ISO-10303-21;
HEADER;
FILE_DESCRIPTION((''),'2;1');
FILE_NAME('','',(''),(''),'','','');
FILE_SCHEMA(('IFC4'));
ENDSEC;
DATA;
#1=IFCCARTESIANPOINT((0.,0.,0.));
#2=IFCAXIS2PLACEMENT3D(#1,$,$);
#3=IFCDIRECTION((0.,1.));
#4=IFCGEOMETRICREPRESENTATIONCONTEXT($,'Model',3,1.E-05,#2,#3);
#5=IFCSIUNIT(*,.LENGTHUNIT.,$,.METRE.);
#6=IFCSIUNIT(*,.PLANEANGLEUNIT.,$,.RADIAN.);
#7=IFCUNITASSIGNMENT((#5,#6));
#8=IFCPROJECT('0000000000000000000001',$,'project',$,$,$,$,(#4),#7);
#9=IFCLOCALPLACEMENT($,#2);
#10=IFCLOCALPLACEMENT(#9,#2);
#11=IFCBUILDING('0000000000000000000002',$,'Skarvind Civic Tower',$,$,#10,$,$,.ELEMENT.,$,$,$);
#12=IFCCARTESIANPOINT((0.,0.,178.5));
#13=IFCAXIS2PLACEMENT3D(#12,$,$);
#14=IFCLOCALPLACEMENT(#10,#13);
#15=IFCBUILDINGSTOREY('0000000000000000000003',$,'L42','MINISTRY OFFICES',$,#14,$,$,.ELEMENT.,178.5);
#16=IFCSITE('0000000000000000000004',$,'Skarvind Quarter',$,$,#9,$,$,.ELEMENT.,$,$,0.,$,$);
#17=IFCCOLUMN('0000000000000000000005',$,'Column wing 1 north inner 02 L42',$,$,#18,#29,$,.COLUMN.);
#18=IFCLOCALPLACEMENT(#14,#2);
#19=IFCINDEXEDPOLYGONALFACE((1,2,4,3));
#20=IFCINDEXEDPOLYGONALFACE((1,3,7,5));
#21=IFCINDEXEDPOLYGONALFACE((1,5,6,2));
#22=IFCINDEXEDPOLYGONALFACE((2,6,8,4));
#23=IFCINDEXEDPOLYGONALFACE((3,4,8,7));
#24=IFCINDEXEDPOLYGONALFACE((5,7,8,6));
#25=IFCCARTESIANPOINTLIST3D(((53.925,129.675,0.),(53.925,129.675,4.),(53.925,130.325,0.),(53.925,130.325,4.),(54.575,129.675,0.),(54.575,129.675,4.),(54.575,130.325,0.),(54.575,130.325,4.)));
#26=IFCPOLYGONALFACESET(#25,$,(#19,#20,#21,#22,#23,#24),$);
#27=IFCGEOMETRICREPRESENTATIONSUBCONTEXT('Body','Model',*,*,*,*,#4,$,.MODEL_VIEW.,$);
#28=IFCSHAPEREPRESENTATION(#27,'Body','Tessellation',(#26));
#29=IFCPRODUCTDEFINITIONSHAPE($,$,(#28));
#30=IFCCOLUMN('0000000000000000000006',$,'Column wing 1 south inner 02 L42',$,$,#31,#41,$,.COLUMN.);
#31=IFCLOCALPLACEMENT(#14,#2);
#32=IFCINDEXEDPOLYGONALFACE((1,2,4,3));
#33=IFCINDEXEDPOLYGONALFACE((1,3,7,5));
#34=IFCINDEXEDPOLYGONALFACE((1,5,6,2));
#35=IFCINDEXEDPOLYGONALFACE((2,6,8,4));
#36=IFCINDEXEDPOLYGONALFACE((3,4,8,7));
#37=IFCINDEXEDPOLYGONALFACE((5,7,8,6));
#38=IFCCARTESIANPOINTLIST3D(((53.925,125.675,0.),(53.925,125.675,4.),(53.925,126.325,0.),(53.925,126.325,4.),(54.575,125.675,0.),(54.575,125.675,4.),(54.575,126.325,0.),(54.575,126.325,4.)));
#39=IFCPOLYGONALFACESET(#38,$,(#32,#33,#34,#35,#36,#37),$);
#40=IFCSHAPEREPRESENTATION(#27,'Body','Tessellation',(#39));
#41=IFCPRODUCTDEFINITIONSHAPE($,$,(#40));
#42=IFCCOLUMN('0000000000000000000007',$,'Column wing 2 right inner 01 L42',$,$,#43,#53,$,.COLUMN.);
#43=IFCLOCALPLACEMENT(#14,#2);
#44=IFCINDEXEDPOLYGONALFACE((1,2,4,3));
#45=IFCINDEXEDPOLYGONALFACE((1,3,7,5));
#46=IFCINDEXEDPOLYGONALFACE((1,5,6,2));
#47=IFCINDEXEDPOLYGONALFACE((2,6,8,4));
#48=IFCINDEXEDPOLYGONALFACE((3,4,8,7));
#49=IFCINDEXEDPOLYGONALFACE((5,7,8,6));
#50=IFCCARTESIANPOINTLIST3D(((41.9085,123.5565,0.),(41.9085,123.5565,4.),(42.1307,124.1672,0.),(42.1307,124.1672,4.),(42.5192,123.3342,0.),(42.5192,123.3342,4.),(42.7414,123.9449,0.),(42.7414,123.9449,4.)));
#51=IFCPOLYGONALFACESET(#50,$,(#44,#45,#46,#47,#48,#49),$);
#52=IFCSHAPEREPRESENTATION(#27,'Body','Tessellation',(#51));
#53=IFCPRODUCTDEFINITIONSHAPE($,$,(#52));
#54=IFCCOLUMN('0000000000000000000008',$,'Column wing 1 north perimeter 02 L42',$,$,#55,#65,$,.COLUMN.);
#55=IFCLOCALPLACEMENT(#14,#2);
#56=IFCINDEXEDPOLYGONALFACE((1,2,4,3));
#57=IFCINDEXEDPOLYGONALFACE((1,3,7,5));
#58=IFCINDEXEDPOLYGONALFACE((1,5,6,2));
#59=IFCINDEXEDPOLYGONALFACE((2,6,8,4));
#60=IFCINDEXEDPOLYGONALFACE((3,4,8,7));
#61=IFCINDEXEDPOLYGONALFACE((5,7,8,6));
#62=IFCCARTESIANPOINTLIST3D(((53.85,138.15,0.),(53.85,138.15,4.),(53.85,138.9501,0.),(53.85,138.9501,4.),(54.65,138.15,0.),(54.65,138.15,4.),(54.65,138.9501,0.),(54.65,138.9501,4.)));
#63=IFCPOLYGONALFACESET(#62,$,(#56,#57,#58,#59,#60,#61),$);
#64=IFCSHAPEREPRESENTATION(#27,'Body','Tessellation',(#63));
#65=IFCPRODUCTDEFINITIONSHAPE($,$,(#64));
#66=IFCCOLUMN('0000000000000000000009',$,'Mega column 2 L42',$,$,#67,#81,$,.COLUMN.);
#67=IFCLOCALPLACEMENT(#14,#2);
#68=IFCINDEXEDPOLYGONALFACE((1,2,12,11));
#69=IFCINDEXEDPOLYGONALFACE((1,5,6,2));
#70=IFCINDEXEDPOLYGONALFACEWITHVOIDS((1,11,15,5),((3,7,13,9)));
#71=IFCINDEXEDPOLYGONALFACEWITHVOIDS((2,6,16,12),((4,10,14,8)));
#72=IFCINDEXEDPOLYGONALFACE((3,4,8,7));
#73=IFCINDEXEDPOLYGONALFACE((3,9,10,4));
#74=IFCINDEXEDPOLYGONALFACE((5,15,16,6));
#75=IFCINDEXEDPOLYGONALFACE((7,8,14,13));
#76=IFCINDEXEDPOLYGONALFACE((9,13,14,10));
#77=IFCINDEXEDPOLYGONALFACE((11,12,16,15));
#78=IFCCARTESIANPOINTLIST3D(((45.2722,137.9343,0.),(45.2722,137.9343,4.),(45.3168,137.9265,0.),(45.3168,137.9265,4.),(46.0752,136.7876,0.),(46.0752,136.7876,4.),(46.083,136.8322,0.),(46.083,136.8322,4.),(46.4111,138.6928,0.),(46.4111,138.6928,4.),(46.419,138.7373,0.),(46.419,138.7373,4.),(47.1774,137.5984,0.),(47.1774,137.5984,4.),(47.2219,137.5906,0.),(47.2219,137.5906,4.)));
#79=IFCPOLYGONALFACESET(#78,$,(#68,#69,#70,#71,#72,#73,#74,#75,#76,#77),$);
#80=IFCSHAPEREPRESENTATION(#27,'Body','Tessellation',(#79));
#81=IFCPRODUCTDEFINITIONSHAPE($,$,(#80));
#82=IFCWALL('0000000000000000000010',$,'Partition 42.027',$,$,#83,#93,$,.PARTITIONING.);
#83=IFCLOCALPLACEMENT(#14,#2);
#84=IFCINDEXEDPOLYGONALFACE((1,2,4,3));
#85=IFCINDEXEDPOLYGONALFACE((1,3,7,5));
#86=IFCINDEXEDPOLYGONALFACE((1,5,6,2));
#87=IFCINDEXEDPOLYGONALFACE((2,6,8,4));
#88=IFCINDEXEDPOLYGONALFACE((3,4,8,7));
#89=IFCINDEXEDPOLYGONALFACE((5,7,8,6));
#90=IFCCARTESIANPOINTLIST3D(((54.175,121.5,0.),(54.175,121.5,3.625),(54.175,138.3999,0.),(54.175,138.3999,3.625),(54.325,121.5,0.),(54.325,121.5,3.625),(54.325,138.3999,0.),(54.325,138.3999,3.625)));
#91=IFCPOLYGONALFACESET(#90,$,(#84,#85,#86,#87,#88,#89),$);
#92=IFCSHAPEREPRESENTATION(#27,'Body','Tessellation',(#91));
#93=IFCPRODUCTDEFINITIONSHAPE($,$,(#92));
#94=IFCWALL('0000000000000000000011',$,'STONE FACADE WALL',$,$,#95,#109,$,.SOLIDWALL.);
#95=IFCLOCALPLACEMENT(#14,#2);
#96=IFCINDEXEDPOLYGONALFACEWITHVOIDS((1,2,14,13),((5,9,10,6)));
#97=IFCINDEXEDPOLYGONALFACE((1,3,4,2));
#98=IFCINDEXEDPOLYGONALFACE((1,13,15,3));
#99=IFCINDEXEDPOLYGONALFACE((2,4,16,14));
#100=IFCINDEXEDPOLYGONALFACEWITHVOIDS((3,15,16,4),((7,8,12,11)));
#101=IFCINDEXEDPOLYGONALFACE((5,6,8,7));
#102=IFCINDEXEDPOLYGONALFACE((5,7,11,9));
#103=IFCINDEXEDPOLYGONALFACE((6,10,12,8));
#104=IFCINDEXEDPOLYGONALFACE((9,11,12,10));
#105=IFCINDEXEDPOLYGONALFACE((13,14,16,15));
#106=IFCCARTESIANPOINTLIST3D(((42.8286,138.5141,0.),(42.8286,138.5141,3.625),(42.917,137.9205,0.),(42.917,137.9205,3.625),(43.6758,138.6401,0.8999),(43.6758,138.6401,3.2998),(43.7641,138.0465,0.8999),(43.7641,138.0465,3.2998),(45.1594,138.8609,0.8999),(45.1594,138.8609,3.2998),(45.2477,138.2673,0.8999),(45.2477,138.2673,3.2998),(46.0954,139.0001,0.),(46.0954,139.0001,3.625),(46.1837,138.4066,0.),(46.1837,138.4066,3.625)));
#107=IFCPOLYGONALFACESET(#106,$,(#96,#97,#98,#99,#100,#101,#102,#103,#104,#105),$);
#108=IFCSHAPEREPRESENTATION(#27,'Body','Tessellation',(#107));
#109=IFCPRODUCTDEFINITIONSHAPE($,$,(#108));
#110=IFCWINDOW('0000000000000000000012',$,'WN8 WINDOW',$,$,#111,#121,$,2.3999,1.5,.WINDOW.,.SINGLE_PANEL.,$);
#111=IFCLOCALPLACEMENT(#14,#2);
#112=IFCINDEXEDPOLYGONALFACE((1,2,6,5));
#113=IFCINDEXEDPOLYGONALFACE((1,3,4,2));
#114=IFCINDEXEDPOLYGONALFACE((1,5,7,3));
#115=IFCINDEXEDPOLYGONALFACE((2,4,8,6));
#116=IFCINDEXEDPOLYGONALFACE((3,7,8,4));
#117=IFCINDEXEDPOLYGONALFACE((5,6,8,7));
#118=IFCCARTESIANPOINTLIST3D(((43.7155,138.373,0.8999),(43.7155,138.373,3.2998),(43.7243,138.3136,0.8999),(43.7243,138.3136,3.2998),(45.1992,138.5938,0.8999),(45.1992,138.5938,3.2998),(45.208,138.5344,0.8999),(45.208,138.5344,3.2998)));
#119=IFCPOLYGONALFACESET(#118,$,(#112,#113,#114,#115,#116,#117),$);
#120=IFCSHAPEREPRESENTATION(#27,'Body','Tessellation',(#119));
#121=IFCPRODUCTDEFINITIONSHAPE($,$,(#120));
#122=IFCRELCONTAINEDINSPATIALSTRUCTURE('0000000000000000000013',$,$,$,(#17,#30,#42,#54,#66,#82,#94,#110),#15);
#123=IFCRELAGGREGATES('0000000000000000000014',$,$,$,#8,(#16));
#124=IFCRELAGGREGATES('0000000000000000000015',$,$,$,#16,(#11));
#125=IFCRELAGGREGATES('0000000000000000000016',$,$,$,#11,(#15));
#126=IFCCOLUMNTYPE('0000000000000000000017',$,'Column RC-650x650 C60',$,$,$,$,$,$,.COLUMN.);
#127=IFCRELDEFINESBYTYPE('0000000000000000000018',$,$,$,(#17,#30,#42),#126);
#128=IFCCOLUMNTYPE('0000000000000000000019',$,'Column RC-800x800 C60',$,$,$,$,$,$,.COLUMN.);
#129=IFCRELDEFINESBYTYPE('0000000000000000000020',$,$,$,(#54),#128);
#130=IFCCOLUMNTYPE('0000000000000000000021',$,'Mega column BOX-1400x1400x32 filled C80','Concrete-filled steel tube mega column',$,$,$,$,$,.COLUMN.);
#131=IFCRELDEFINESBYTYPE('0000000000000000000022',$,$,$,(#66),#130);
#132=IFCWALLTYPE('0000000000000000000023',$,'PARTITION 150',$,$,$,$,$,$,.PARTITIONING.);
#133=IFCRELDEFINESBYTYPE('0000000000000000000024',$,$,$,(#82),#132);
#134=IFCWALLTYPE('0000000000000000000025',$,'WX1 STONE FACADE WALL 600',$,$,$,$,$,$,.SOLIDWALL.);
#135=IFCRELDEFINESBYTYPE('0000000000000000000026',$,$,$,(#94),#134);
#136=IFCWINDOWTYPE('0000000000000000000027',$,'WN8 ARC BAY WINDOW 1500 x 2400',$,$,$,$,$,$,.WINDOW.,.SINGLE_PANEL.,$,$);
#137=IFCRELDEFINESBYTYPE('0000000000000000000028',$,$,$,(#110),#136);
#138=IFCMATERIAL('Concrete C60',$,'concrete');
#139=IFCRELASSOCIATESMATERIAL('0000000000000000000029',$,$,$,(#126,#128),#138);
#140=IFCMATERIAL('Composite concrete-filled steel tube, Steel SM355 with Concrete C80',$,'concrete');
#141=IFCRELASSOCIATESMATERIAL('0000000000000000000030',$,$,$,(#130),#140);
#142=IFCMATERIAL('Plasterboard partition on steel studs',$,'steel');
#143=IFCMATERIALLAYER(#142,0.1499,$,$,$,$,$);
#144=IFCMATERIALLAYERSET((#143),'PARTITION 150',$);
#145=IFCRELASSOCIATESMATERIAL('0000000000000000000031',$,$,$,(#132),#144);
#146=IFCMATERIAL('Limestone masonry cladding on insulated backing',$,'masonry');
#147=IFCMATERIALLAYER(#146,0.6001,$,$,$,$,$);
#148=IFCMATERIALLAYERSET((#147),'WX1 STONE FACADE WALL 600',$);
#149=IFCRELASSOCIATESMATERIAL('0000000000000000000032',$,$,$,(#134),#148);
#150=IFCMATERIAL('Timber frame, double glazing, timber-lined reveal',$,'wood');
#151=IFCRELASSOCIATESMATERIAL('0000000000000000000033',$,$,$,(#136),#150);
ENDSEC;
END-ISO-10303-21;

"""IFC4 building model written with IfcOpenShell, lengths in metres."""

from ifc_helpers import new_model, si_unit, direction, frame, frame_2d, origin, origin_2d, place, context, subcontext, project, spatial, rectangle, hollow_rectangle, extrude, material, layer, layer_set, material_profile, profile_set, type_object, element, fill, save


model = new_model("IFC4")

# Units and contexts
model_context = context("Model", 3, precision=1e-05, world=origin(), true_north=direction((0.0, 1.0)))
body_context = subcontext(model_context, "Body", "Model", "MODEL_VIEW")
ifc_project = project(units=[si_unit("LENGTHUNIT", "METRE"), si_unit("PLANEANGLEUNIT", "RADIAN")], contexts=[model_context])

# Site, building, storey
site_placement = place(None, origin())
site = spatial("IfcSite", under=ifc_project, at=site_placement, Name="Skarvind Quarter", CompositionType="ELEMENT", RefElevation=0.0)
building_placement = place(site_placement, origin())
building = spatial("IfcBuilding", under=site, at=building_placement, Name="Skarvind Civic Tower", CompositionType="ELEMENT")
storey_placement = place(building_placement, frame((0.0, 0.0, 178.5)))
storey = spatial("IfcBuildingStorey", under=building, at=storey_placement, Name="L42", Description="MINISTRY OFFICES", CompositionType="ELEMENT", Elevation=178.5)

# Columns
ifc_material_1 = material(Name="Concrete C60", Category="concrete")
ifc_material_profile_1 = material_profile(ifc_material_1, rectangle(XDim=0.6499, YDim=0.6499, at=origin_2d()), Name="RC-650x650")
ifc_profile_set_1 = profile_set([ifc_material_profile_1], Name="Concrete C60")
column_type_1 = type_object("IfcColumnType", Name="Column RC-650x650 C60", PredefinedType="COLUMN", material=ifc_profile_set_1)
for number, where, z_axis, x_axis, name in (
    (1, (54.25, 130.0, 0.0), (0.0, 0.0, 1.0), (1.0, 0.0, 0.0), "Column wing 1 north inner 02 L42"),
    (2, (54.25, 126.0, 0.0), (0.0, 0.0, 1.0), (1.0, 0.0, 0.0), "Column wing 1 south inner 02 L42"),
    (3, (42.325, 123.7507, 0.0), (0.0, 0.0, 1.0), (-0.34202, -0.939693, 0.0), "Column wing 2 right inner 01 L42"),
):
    element("IfcColumn", number, at=place(storey_placement, frame(where, z_axis=z_axis, x_axis=x_axis)), inside=storey, type_object=column_type_1, Name=name, PredefinedType="COLUMN", context=body_context, shape_type="SweptSolid", body=[
        extrude(rectangle(XDim=0.6499, YDim=0.6499, at=origin_2d()), origin(), (0.0, 0.0, 1.0), 4.0),
    ])
ifc_material_profile_2 = material_profile(ifc_material_1, rectangle(XDim=0.8, YDim=0.8, at=origin_2d()), Name="RC-800x800")
ifc_profile_set_2 = profile_set([ifc_material_profile_2], Name="Concrete C60")
column_type_2 = type_object("IfcColumnType", Name="Column RC-800x800 C60", PredefinedType="COLUMN", material=ifc_profile_set_2)
column_1_placement = place(storey_placement, frame((54.25, 138.55, 0.0), z_axis=(0.0, 0.0, 1.0), x_axis=(1.0, 0.0, 0.0)))
element("IfcColumn", 4, at=column_1_placement, inside=storey, type_object=column_type_2, Name="Column wing 1 north perimeter 02 L42", PredefinedType="COLUMN", context=body_context, shape_type="SweptSolid", body=[
    extrude(rectangle(XDim=0.8, YDim=0.8, at=origin_2d()), origin(), (0.0, 0.0, 1.0), 4.0),
])
ifc_material_2 = material(Name="Composite concrete-filled steel tube, Steel SM355 with Concrete C80", Category="concrete")
ifc_material_profile_3 = material_profile(ifc_material_2, hollow_rectangle(XDim=1.3999, YDim=1.3999, WallThickness=0.032, at=origin_2d()), Name="BOX-1400x1400x32")
ifc_profile_set_3 = profile_set([ifc_material_profile_3], Name="Composite concrete-filled steel tube, Steel SM355 with Concrete C80")
column_type_3 = type_object("IfcColumnType", Name="Mega column BOX-1400x1400x32 filled C80", Description="Concrete-filled steel tube mega column", PredefinedType="COLUMN", material=ifc_profile_set_3)
column_2_placement = place(storey_placement, frame((46.2471, 137.7625, 0.0), z_axis=(0.0, 0.0, 1.0), x_axis=(0.573576, -0.819152, 0.0)))
element("IfcColumn", 5, at=column_2_placement, inside=storey, type_object=column_type_3, Name="Mega column 2 L42", PredefinedType="COLUMN", context=body_context, shape_type="SweptSolid", body=[
    extrude(hollow_rectangle(XDim=1.3999, YDim=1.3999, WallThickness=0.032, at=origin_2d()), origin(), (0.0, 0.0, 1.0), 4.0),
])

# Wall
ifc_material_3 = material(Name="Plasterboard partition on steel studs", Category="steel")
ifc_layer_1 = layer(ifc_material_3, 0.1499)
ifc_layer_set_1 = layer_set([ifc_layer_1], Name="PARTITION 150")
wall_type_1 = type_object("IfcWallType", Name="PARTITION 150", PredefinedType="PARTITIONING", material=ifc_layer_set_1)
wall_1_placement = place(storey_placement, frame((54.25, 138.3999, 0.0), z_axis=(0.0, 0.0, 1.0), x_axis=(0.0, -1.0, 0.0)))
element("IfcWall", 6, at=wall_1_placement, inside=storey, type_object=wall_type_1, Name="Partition 42.027", PredefinedType="PARTITIONING", context=body_context, shape_type="SweptSolid", body=[
    extrude(rectangle(XDim=16.8999, YDim=0.1499, at=frame_2d((8.45, 0.0))), origin(), (0.0, 0.0, 1.0), 3.625),
])

# Shared definitions
ifc_material_4 = material(Name="Limestone masonry cladding on insulated backing", Category="masonry")
ifc_layer_2 = layer(ifc_material_4, 0.6001)
ifc_layer_set_2 = layer_set([ifc_layer_2], Name="WX1 STONE FACADE WALL 600")
wall_type_2 = type_object("IfcWallType", Name="WX1 STONE FACADE WALL 600", PredefinedType="SOLIDWALL", material=ifc_layer_set_2)
ifc_material_5 = material(Name="Timber frame, double glazing, timber-lined reveal", Category="wood")

# Wall, opening, window
wall_2_placement = place(storey_placement, frame((42.8728, 138.2173, 0.0), z_axis=(0.0, 0.0, 1.0), x_axis=(0.989111, 0.147173, 0.0)))
wall_2 = element("IfcWall", 7, at=wall_2_placement, inside=storey, type_object=wall_type_2, Name="STONE FACADE WALL", PredefinedType="SOLIDWALL", context=body_context, shape_type="SweptSolid", body=[
    extrude(rectangle(XDim=3.3027, YDim=0.6001, at=frame_2d((1.6514, 0.0))), origin(), (0.0, 0.0, 1.0), 3.625),
])
opening_1_placement = place(wall_2_placement, frame((0.8564, 0.0, 0.8999)))
opening_1 = element("IfcOpeningElement", 8, at=opening_1_placement, cuts=wall_2, PredefinedType="OPENING", context=body_context, shape_type="SweptSolid", body=[
    extrude(rectangle(XDim=1.5, YDim=2.3999, at=frame_2d((0.75, 1.2))), frame((0.0, 0.3101, 0.0), z_axis=(0.0, -1.0, 0.0), x_axis=(1.0, 0.0, 0.0)), (0.0, 0.0, 1.0), 0.6201),
])
window_type_1 = type_object("IfcWindowType", Name="WN8 ARC BAY WINDOW 1500 x 2400", PartitioningType="SINGLE_PANEL", PredefinedType="WINDOW", material=ifc_material_5)
window_1_placement = place(opening_1_placement, origin())
window_1 = element("IfcWindow", 9, at=window_1_placement, inside=storey, type_object=window_type_1, Name="WN8 WINDOW", OverallHeight=2.3999, OverallWidth=1.5, PartitioningType="SINGLE_PANEL", PredefinedType="WINDOW", context=body_context, shape_type="SweptSolid", body=[
    extrude(rectangle(XDim=1.5, YDim=2.3999, at=frame_2d((0.75, 1.2))), frame((0.0, 0.03, 0.0), z_axis=(0.0, -1.0, 0.0), x_axis=(1.0, 0.0, 0.0)), (0.0, 0.0, 1.0), 0.0601),
])
fill(opening_1, window_1)

save(model, "model.ifc")
